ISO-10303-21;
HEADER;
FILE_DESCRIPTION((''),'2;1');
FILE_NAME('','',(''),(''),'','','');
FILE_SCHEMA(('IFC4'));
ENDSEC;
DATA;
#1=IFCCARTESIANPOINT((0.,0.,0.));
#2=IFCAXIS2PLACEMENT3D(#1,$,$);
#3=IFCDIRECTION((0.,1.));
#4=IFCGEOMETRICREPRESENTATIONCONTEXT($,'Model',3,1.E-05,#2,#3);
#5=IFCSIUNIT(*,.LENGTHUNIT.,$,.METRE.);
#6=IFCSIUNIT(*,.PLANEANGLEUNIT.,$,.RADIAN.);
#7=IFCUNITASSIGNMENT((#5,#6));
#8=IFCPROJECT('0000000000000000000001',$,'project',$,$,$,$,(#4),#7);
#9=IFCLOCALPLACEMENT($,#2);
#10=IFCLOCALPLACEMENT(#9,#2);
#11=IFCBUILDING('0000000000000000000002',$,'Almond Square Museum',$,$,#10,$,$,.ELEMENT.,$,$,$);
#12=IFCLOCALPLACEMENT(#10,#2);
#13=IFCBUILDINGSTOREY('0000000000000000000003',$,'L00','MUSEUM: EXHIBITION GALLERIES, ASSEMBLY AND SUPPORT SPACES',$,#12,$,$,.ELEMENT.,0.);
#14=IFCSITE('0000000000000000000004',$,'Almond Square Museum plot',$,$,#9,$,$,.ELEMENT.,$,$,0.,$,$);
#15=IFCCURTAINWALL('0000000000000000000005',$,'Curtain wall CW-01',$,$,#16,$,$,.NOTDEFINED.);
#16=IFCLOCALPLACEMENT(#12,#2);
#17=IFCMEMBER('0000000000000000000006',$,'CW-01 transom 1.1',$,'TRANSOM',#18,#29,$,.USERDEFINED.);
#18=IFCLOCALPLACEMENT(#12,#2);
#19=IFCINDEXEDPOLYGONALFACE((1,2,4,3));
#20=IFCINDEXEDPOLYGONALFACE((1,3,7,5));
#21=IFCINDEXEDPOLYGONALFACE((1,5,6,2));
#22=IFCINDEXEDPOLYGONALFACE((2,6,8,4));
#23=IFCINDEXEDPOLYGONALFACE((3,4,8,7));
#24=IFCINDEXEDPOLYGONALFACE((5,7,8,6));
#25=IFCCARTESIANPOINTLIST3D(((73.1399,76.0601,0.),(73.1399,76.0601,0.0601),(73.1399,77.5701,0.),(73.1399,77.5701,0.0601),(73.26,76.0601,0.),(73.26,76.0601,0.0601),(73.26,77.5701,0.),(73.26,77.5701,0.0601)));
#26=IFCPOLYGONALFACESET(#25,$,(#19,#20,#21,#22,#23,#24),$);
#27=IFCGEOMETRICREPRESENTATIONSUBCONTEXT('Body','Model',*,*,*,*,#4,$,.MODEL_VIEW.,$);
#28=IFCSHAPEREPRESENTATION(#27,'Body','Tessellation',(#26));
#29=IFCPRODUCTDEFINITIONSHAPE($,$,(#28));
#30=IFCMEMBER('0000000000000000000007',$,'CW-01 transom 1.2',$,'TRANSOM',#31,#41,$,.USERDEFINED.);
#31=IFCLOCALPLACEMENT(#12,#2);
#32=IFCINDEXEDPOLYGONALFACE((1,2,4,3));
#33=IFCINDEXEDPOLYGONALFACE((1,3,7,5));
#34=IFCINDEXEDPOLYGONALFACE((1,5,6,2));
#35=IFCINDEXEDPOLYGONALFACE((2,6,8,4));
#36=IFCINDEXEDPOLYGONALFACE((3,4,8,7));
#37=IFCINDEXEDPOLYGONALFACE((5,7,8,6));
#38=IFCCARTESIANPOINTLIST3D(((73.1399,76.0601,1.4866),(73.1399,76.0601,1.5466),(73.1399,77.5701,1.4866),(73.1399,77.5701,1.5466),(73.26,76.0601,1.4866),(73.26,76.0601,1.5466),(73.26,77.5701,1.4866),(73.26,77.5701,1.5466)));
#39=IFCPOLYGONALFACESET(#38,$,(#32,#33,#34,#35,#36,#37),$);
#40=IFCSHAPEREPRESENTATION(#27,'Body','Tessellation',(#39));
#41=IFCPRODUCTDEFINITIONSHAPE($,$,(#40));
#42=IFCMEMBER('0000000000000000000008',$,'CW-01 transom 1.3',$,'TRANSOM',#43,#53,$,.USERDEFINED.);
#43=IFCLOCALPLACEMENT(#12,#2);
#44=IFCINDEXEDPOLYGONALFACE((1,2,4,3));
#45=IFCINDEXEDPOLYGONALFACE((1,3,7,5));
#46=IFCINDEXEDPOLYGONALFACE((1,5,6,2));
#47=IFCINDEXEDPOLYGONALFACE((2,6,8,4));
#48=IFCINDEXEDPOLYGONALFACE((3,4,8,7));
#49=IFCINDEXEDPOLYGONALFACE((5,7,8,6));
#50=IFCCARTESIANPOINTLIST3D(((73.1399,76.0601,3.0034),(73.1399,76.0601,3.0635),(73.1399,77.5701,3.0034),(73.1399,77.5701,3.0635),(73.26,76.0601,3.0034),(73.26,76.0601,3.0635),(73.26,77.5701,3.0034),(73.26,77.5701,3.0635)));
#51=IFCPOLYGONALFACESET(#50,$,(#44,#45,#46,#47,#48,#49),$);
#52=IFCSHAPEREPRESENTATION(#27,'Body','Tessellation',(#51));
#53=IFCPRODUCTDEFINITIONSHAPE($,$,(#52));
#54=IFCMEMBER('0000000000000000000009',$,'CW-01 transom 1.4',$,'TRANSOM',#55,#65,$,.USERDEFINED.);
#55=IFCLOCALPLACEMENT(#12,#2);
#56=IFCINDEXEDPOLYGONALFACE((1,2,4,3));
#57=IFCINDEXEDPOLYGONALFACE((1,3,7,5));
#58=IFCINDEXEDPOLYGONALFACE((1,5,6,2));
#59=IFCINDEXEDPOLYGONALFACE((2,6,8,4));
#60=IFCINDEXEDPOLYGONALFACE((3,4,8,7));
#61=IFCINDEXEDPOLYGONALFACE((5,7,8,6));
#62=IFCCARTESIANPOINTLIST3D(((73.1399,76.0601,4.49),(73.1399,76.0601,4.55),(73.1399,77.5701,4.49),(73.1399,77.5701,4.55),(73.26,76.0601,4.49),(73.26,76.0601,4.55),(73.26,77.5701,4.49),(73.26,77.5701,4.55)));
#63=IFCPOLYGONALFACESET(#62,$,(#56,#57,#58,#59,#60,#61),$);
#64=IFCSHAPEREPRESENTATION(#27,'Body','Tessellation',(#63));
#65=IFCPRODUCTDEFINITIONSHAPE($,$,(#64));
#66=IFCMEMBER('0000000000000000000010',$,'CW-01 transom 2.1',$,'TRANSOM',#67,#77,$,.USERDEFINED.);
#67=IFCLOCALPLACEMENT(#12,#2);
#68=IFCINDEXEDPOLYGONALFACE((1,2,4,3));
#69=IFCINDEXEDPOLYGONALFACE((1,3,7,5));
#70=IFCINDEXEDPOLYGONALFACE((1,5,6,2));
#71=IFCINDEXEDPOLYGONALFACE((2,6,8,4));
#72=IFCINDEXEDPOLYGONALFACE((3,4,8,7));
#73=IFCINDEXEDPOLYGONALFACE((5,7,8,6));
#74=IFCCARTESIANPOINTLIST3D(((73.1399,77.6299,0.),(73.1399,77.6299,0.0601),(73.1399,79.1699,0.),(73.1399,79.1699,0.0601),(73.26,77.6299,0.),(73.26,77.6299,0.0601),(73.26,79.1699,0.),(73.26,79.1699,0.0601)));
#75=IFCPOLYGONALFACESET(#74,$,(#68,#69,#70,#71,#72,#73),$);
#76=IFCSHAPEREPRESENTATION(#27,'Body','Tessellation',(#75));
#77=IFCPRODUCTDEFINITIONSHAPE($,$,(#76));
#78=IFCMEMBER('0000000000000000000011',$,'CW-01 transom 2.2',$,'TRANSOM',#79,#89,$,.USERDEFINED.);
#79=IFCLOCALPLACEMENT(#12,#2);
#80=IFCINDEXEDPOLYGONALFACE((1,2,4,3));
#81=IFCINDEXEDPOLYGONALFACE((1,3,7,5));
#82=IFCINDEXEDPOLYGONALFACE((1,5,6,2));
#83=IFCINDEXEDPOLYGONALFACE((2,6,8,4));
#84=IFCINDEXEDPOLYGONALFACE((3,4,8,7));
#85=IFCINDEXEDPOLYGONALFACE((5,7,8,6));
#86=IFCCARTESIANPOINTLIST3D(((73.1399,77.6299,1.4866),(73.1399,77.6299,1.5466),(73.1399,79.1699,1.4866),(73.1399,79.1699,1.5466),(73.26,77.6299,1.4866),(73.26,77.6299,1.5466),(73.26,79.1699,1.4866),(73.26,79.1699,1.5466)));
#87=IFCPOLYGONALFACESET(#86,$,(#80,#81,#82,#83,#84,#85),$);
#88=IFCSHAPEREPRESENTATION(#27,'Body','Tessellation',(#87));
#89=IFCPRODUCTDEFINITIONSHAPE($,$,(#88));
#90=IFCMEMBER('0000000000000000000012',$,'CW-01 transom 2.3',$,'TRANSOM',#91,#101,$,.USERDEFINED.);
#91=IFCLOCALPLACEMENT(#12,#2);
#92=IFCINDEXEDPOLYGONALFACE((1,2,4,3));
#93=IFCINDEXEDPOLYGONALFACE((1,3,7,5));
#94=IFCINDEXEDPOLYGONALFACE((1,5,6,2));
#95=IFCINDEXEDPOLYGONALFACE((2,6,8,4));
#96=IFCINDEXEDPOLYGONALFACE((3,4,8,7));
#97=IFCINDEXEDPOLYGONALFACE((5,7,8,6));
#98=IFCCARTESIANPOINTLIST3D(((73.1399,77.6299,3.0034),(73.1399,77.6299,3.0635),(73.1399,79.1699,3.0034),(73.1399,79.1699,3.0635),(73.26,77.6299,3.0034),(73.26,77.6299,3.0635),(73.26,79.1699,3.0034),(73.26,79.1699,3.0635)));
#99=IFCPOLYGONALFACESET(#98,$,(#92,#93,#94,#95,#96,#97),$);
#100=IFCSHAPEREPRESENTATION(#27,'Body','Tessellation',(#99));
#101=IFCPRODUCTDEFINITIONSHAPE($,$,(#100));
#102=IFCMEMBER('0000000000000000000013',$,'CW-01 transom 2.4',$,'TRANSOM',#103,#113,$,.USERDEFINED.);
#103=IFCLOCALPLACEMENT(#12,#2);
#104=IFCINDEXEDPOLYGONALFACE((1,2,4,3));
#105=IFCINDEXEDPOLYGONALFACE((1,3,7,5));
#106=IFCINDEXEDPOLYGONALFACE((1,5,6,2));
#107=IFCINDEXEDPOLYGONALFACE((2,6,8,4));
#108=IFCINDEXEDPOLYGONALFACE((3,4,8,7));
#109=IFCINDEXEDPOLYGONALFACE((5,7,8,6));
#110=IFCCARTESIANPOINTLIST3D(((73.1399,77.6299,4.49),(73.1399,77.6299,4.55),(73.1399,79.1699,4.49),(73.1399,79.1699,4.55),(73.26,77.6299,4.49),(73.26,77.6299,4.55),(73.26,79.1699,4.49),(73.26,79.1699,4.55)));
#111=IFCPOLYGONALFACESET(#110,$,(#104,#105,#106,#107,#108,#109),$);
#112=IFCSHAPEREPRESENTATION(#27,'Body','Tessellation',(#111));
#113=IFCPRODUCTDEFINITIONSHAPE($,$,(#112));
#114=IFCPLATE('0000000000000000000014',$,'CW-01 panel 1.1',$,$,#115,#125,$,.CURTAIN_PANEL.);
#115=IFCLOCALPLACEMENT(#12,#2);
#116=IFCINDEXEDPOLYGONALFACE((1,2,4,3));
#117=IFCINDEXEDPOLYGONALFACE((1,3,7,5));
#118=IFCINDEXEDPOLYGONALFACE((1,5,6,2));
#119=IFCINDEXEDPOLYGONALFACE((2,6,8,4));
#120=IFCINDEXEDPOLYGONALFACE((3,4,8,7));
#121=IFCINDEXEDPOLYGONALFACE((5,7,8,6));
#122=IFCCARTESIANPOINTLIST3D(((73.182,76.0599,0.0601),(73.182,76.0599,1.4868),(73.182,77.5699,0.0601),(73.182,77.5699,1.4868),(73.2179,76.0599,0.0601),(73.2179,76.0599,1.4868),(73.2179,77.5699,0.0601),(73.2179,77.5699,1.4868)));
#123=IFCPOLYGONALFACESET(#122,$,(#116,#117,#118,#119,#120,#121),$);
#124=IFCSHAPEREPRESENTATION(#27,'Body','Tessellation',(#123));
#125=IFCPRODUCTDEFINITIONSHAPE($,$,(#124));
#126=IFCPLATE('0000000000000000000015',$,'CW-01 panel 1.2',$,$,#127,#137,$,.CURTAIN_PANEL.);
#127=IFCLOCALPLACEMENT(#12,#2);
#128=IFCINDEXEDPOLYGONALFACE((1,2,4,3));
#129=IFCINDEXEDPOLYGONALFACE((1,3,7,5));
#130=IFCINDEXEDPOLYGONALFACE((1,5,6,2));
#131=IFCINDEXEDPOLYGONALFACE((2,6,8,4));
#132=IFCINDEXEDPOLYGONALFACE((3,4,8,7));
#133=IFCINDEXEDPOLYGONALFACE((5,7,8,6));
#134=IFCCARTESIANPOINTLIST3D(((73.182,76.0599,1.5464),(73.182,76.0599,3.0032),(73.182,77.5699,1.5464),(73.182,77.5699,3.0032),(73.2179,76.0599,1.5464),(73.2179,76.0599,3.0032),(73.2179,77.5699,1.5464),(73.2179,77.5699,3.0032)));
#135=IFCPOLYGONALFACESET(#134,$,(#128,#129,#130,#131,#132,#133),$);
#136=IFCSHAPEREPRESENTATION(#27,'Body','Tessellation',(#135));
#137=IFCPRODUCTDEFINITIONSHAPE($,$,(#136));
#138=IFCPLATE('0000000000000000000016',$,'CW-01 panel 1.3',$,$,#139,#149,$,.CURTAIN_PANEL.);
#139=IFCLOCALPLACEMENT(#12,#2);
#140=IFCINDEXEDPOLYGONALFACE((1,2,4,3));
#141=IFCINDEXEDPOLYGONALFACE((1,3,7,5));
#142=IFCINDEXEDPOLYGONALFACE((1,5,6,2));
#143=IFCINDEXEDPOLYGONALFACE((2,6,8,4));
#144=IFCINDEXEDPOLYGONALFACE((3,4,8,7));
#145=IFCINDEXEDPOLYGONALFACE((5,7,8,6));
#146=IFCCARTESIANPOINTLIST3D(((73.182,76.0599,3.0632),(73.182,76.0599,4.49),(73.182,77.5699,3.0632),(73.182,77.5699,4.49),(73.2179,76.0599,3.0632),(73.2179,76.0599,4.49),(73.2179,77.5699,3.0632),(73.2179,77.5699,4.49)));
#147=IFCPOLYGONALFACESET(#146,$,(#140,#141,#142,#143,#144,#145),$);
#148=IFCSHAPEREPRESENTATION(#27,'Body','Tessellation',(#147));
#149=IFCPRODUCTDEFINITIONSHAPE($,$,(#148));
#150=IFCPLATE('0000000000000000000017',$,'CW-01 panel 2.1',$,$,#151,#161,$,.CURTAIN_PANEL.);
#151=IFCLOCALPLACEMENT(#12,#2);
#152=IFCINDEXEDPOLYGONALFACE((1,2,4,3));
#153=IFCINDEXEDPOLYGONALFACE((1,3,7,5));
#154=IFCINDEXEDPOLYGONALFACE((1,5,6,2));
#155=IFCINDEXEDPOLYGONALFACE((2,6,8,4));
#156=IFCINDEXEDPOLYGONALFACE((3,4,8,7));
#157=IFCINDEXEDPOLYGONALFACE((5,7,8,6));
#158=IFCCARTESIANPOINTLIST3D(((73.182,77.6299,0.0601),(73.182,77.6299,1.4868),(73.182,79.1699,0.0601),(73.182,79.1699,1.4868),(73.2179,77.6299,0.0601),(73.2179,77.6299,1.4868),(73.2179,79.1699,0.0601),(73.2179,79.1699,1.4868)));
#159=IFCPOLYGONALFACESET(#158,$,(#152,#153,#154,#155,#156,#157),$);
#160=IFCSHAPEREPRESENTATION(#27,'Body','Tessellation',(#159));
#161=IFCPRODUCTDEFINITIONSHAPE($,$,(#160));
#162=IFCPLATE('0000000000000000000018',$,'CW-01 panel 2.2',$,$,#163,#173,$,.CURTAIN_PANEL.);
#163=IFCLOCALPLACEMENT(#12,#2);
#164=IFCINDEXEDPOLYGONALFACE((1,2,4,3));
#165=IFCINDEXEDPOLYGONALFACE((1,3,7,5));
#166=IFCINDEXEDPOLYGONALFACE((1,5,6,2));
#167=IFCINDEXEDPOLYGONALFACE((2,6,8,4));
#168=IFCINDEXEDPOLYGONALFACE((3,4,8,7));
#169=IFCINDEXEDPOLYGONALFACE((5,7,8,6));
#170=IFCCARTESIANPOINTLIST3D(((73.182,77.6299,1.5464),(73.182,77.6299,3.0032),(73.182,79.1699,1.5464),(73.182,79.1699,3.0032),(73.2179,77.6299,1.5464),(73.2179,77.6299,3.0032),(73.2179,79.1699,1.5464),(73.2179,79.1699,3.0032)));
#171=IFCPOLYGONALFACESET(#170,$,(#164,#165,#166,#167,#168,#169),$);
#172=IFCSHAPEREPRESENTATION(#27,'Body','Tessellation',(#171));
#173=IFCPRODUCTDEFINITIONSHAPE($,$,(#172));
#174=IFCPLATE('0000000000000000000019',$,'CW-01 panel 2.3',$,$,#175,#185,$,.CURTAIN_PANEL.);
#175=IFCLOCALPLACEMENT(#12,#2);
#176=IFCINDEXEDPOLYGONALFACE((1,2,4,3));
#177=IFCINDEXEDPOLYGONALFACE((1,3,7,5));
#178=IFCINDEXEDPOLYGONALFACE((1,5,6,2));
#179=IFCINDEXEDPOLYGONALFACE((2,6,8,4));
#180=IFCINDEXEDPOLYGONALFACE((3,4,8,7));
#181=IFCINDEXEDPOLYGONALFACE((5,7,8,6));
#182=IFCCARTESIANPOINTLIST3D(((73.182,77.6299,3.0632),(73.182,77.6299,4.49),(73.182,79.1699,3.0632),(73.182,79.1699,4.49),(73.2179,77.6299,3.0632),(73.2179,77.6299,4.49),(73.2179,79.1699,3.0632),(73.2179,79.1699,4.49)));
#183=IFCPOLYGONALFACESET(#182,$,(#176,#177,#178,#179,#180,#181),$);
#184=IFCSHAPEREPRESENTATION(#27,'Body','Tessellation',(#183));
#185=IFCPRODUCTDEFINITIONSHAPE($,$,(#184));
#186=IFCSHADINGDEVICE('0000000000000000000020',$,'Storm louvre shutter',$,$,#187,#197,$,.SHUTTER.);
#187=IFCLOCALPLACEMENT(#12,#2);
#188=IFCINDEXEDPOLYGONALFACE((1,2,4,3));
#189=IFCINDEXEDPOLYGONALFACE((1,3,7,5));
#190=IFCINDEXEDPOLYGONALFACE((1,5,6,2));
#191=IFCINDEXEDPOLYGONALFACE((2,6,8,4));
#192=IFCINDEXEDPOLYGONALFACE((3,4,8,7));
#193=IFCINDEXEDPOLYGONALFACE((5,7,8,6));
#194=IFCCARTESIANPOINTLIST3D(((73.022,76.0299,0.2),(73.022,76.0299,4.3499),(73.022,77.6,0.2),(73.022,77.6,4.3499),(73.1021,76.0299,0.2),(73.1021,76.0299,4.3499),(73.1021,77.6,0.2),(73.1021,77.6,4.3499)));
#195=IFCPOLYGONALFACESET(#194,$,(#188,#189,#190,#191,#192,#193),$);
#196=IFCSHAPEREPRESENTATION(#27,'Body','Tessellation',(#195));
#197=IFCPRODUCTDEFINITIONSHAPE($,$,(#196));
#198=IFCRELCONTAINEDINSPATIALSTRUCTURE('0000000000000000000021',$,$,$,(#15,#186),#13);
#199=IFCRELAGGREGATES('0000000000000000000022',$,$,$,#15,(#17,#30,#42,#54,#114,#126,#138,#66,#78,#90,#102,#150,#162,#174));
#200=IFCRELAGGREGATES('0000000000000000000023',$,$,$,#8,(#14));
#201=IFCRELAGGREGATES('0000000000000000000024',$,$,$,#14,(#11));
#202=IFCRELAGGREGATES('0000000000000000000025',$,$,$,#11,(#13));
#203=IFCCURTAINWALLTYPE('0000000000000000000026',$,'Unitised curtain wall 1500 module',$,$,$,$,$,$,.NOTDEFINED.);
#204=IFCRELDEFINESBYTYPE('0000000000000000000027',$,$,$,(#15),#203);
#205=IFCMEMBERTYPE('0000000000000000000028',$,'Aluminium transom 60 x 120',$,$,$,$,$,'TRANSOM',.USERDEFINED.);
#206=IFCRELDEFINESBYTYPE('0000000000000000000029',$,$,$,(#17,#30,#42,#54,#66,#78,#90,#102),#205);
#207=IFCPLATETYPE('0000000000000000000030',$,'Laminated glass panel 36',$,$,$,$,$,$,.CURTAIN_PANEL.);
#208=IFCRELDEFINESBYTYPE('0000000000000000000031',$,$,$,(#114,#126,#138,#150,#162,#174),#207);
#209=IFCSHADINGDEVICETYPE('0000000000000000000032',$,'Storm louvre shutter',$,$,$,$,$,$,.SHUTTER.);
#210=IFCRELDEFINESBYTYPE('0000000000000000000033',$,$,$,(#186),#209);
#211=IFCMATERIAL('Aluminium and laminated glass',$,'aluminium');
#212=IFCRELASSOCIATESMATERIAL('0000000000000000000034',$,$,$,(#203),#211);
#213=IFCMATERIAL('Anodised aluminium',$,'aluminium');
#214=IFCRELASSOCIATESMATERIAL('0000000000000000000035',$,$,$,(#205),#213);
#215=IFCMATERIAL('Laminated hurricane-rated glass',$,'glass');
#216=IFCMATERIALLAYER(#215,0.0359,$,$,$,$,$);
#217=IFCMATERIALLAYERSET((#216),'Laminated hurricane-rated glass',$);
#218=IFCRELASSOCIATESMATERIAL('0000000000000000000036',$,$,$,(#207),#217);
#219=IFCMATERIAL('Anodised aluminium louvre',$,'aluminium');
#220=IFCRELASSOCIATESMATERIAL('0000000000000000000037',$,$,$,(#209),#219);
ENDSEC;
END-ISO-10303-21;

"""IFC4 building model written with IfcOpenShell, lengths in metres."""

from ifc_helpers import new_model, si_unit, direction, frame, origin, origin_2d, place, context, subcontext, project, spatial, rectangle, extrude, material, layer, layer_set, material_profile, profile_set, type_object, element, aggregate, save


model = new_model("IFC4")

# Units and contexts
model_context = context("Model", 3, precision=1e-05, world=origin(), true_north=direction((0.0, 1.0)))
body_context = subcontext(model_context, "Body", "Model", "MODEL_VIEW")
ifc_project = project(units=[si_unit("LENGTHUNIT", "METRE"), si_unit("PLANEANGLEUNIT", "RADIAN")], contexts=[model_context])

# Site, building, storey
site_placement = place(None, origin())
site = spatial("IfcSite", under=ifc_project, at=site_placement, Name="Almond Square Museum plot", CompositionType="ELEMENT", RefElevation=0.0)
building_placement = place(site_placement, origin())
building = spatial("IfcBuilding", under=site, at=building_placement, Name="Almond Square Museum", CompositionType="ELEMENT")
storey_placement = place(building_placement, origin())
storey = spatial("IfcBuildingStorey", under=building, at=storey_placement, Name="L00", Description="MUSEUM: EXHIBITION GALLERIES, ASSEMBLY AND SUPPORT SPACES", CompositionType="ELEMENT", Elevation=0.0)

# Curtain wall
ifc_material_1 = material(Name="Aluminium and laminated glass", Category="aluminium")
curtain_wall_type = type_object("IfcCurtainWallType", Name="Unitised curtain wall 1500 module", PredefinedType="NOTDEFINED", material=ifc_material_1)
curtain_wall_1_placement = place(storey_placement, origin())
curtain_wall_1 = element("IfcCurtainWall", 1, at=curtain_wall_1_placement, inside=storey, type_object=curtain_wall_type, Name="Curtain wall CW-01", PredefinedType="NOTDEFINED")

# Members
ifc_material_2 = material(Name="Anodised aluminium", Category="aluminium")
ifc_material_profile_1 = material_profile(ifc_material_2, rectangle(XDim=0.1201, YDim=0.0601, at=origin_2d()))
ifc_profile_set_1 = profile_set([ifc_material_profile_1], Name="Anodised aluminium")
member_type_1 = type_object("IfcMemberType", Name="Aluminium transom 60 x 120", ElementType="TRANSOM", PredefinedType="USERDEFINED", material=ifc_profile_set_1)
member_1_placement = place(storey_placement, frame((73.2, 76.0601, 0.03), z_axis=(0.0, 1.0, 0.0), x_axis=(-1.0, 0.0, 0.0)))
member_1 = element("IfcMember", 2, at=member_1_placement, type_object=member_type_1, Name="CW-01 transom 1.1", ObjectType="TRANSOM", PredefinedType="USERDEFINED", context=body_context, shape_type="SweptSolid", body=[
    extrude(rectangle(XDim=0.1201, YDim=0.0601, at=origin_2d()), origin(), (0.0, 0.0, 1.0), 1.51),
])
member_2_placement = place(storey_placement, frame((73.2, 76.0601, 1.5166), z_axis=(0.0, 1.0, 0.0), x_axis=(-1.0, 0.0, 0.0)))
member_2 = element("IfcMember", 3, at=member_2_placement, type_object=member_type_1, Name="CW-01 transom 1.2", ObjectType="TRANSOM", PredefinedType="USERDEFINED", context=body_context, shape_type="SweptSolid", body=[
    extrude(rectangle(XDim=0.1201, YDim=0.0601, at=origin_2d()), origin(), (0.0, 0.0, 1.0), 1.51),
])
member_3_placement = place(storey_placement, frame((73.2, 76.0601, 3.0334), z_axis=(0.0, 1.0, 0.0), x_axis=(-1.0, 0.0, 0.0)))
member_3 = element("IfcMember", 4, at=member_3_placement, type_object=member_type_1, Name="CW-01 transom 1.3", ObjectType="TRANSOM", PredefinedType="USERDEFINED", context=body_context, shape_type="SweptSolid", body=[
    extrude(rectangle(XDim=0.1201, YDim=0.0601, at=origin_2d()), origin(), (0.0, 0.0, 1.0), 1.51),
])
member_4_placement = place(storey_placement, frame((73.2, 76.0601, 4.52), z_axis=(0.0, 1.0, 0.0), x_axis=(-1.0, 0.0, 0.0)))
member_4 = element("IfcMember", 5, at=member_4_placement, type_object=member_type_1, Name="CW-01 transom 1.4", ObjectType="TRANSOM", PredefinedType="USERDEFINED", context=body_context, shape_type="SweptSolid", body=[
    extrude(rectangle(XDim=0.1201, YDim=0.0601, at=origin_2d()), origin(), (0.0, 0.0, 1.0), 1.51),
])
member_5_placement = place(storey_placement, frame((73.2, 77.6299, 0.03), z_axis=(0.0, 1.0, 0.0), x_axis=(-1.0, 0.0, 0.0)))
member_5 = element("IfcMember", 6, at=member_5_placement, type_object=member_type_1, Name="CW-01 transom 2.1", ObjectType="TRANSOM", PredefinedType="USERDEFINED", context=body_context, shape_type="SweptSolid", body=[
    extrude(rectangle(XDim=0.1201, YDim=0.0601, at=origin_2d()), origin(), (0.0, 0.0, 1.0), 1.54),
])
member_6_placement = place(storey_placement, frame((73.2, 77.6299, 1.5166), z_axis=(0.0, 1.0, 0.0), x_axis=(-1.0, 0.0, 0.0)))
member_6 = element("IfcMember", 7, at=member_6_placement, type_object=member_type_1, Name="CW-01 transom 2.2", ObjectType="TRANSOM", PredefinedType="USERDEFINED", context=body_context, shape_type="SweptSolid", body=[
    extrude(rectangle(XDim=0.1201, YDim=0.0601, at=origin_2d()), origin(), (0.0, 0.0, 1.0), 1.54),
])
member_7_placement = place(storey_placement, frame((73.2, 77.6299, 3.0334), z_axis=(0.0, 1.0, 0.0), x_axis=(-1.0, 0.0, 0.0)))
member_7 = element("IfcMember", 8, at=member_7_placement, type_object=member_type_1, Name="CW-01 transom 2.3", ObjectType="TRANSOM", PredefinedType="USERDEFINED", context=body_context, shape_type="SweptSolid", body=[
    extrude(rectangle(XDim=0.1201, YDim=0.0601, at=origin_2d()), origin(), (0.0, 0.0, 1.0), 1.54),
])
member_8_placement = place(storey_placement, frame((73.2, 77.6299, 4.52), z_axis=(0.0, 1.0, 0.0), x_axis=(-1.0, 0.0, 0.0)))
member_8 = element("IfcMember", 9, at=member_8_placement, type_object=member_type_1, Name="CW-01 transom 2.4", ObjectType="TRANSOM", PredefinedType="USERDEFINED", context=body_context, shape_type="SweptSolid", body=[
    extrude(rectangle(XDim=0.1201, YDim=0.0601, at=origin_2d()), origin(), (0.0, 0.0, 1.0), 1.54),
])

# Plates
ifc_material_3 = material(Name="Laminated hurricane-rated glass", Category="glass")
ifc_layer = layer(ifc_material_3, 0.0359)
ifc_layer_set = layer_set([ifc_layer], Name="Laminated hurricane-rated glass")
plate_type = type_object("IfcPlateType", Name="Laminated glass panel 36", PredefinedType="CURTAIN_PANEL", material=ifc_layer_set)
plate_1_placement = place(storey_placement, frame((73.2, 76.8149, 0.0601), z_axis=(0.0, 0.0, 1.0), x_axis=(0.0, 1.0, 0.0)))
plate_1 = element("IfcPlate", 10, at=plate_1_placement, type_object=plate_type, Name="CW-01 panel 1.1", PredefinedType="CURTAIN_PANEL", context=body_context, shape_type="SweptSolid", body=[
    extrude(rectangle(XDim=1.51, YDim=0.0359, at=origin_2d()), origin(), (0.0, 0.0, 1.0), 1.4268),
])
plate_2_placement = place(storey_placement, frame((73.2, 76.8149, 1.5464), z_axis=(0.0, 0.0, 1.0), x_axis=(0.0, 1.0, 0.0)))
plate_2 = element("IfcPlate", 11, at=plate_2_placement, type_object=plate_type, Name="CW-01 panel 1.2", PredefinedType="CURTAIN_PANEL", context=body_context, shape_type="SweptSolid", body=[
    extrude(rectangle(XDim=1.51, YDim=0.0359, at=origin_2d()), origin(), (0.0, 0.0, 1.0), 1.4568),
])
plate_3_placement = place(storey_placement, frame((73.2, 76.8149, 3.0632), z_axis=(0.0, 0.0, 1.0), x_axis=(0.0, 1.0, 0.0)))
plate_3 = element("IfcPlate", 12, at=plate_3_placement, type_object=plate_type, Name="CW-01 panel 1.3", PredefinedType="CURTAIN_PANEL", context=body_context, shape_type="SweptSolid", body=[
    extrude(rectangle(XDim=1.51, YDim=0.0359, at=origin_2d()), origin(), (0.0, 0.0, 1.0), 1.4268),
])
plate_4_placement = place(storey_placement, frame((73.2, 78.3999, 0.0601), z_axis=(0.0, 0.0, 1.0), x_axis=(0.0, 1.0, 0.0)))
plate_4 = element("IfcPlate", 13, at=plate_4_placement, type_object=plate_type, Name="CW-01 panel 2.1", PredefinedType="CURTAIN_PANEL", context=body_context, shape_type="SweptSolid", body=[
    extrude(rectangle(XDim=1.54, YDim=0.0359, at=origin_2d()), origin(), (0.0, 0.0, 1.0), 1.4268),
])
plate_5_placement = place(storey_placement, frame((73.2, 78.3999, 1.5464), z_axis=(0.0, 0.0, 1.0), x_axis=(0.0, 1.0, 0.0)))
plate_5 = element("IfcPlate", 14, at=plate_5_placement, type_object=plate_type, Name="CW-01 panel 2.2", PredefinedType="CURTAIN_PANEL", context=body_context, shape_type="SweptSolid", body=[
    extrude(rectangle(XDim=1.54, YDim=0.0359, at=origin_2d()), origin(), (0.0, 0.0, 1.0), 1.4568),
])
plate_6_placement = place(storey_placement, frame((73.2, 78.3999, 3.0632), z_axis=(0.0, 0.0, 1.0), x_axis=(0.0, 1.0, 0.0)))
plate_6 = element("IfcPlate", 15, at=plate_6_placement, type_object=plate_type, Name="CW-01 panel 2.3", PredefinedType="CURTAIN_PANEL", context=body_context, shape_type="SweptSolid", body=[
    extrude(rectangle(XDim=1.54, YDim=0.0359, at=origin_2d()), origin(), (0.0, 0.0, 1.0), 1.4268),
])
aggregate(curtain_wall_1, [member_1, member_2, member_3, member_4, plate_1, plate_2, plate_3, member_5, member_6, member_7, member_8, plate_4, plate_5, plate_6])

# Shading device
ifc_material_4 = material(Name="Anodised aluminium louvre", Category="aluminium")
shading_device_type_1 = type_object("IfcShadingDeviceType", Name="Storm louvre shutter", PredefinedType="SHUTTER", material=ifc_material_4)
shading_device_placement = place(storey_placement, frame((73.062, 76.8149, 0.2), z_axis=(0.0, 0.0, 1.0), x_axis=(1.0, 0.0, 0.0)))
element("IfcShadingDevice", 16, at=shading_device_placement, inside=storey, type_object=shading_device_type_1, Name="Storm louvre shutter", PredefinedType="SHUTTER", context=body_context, shape_type="SweptSolid", body=[
    extrude(rectangle(XDim=0.0801, YDim=1.5701, at=origin_2d()), origin(), (0.0, 0.0, 1.0), 4.1499),
])

save(model, "model.ifc")
